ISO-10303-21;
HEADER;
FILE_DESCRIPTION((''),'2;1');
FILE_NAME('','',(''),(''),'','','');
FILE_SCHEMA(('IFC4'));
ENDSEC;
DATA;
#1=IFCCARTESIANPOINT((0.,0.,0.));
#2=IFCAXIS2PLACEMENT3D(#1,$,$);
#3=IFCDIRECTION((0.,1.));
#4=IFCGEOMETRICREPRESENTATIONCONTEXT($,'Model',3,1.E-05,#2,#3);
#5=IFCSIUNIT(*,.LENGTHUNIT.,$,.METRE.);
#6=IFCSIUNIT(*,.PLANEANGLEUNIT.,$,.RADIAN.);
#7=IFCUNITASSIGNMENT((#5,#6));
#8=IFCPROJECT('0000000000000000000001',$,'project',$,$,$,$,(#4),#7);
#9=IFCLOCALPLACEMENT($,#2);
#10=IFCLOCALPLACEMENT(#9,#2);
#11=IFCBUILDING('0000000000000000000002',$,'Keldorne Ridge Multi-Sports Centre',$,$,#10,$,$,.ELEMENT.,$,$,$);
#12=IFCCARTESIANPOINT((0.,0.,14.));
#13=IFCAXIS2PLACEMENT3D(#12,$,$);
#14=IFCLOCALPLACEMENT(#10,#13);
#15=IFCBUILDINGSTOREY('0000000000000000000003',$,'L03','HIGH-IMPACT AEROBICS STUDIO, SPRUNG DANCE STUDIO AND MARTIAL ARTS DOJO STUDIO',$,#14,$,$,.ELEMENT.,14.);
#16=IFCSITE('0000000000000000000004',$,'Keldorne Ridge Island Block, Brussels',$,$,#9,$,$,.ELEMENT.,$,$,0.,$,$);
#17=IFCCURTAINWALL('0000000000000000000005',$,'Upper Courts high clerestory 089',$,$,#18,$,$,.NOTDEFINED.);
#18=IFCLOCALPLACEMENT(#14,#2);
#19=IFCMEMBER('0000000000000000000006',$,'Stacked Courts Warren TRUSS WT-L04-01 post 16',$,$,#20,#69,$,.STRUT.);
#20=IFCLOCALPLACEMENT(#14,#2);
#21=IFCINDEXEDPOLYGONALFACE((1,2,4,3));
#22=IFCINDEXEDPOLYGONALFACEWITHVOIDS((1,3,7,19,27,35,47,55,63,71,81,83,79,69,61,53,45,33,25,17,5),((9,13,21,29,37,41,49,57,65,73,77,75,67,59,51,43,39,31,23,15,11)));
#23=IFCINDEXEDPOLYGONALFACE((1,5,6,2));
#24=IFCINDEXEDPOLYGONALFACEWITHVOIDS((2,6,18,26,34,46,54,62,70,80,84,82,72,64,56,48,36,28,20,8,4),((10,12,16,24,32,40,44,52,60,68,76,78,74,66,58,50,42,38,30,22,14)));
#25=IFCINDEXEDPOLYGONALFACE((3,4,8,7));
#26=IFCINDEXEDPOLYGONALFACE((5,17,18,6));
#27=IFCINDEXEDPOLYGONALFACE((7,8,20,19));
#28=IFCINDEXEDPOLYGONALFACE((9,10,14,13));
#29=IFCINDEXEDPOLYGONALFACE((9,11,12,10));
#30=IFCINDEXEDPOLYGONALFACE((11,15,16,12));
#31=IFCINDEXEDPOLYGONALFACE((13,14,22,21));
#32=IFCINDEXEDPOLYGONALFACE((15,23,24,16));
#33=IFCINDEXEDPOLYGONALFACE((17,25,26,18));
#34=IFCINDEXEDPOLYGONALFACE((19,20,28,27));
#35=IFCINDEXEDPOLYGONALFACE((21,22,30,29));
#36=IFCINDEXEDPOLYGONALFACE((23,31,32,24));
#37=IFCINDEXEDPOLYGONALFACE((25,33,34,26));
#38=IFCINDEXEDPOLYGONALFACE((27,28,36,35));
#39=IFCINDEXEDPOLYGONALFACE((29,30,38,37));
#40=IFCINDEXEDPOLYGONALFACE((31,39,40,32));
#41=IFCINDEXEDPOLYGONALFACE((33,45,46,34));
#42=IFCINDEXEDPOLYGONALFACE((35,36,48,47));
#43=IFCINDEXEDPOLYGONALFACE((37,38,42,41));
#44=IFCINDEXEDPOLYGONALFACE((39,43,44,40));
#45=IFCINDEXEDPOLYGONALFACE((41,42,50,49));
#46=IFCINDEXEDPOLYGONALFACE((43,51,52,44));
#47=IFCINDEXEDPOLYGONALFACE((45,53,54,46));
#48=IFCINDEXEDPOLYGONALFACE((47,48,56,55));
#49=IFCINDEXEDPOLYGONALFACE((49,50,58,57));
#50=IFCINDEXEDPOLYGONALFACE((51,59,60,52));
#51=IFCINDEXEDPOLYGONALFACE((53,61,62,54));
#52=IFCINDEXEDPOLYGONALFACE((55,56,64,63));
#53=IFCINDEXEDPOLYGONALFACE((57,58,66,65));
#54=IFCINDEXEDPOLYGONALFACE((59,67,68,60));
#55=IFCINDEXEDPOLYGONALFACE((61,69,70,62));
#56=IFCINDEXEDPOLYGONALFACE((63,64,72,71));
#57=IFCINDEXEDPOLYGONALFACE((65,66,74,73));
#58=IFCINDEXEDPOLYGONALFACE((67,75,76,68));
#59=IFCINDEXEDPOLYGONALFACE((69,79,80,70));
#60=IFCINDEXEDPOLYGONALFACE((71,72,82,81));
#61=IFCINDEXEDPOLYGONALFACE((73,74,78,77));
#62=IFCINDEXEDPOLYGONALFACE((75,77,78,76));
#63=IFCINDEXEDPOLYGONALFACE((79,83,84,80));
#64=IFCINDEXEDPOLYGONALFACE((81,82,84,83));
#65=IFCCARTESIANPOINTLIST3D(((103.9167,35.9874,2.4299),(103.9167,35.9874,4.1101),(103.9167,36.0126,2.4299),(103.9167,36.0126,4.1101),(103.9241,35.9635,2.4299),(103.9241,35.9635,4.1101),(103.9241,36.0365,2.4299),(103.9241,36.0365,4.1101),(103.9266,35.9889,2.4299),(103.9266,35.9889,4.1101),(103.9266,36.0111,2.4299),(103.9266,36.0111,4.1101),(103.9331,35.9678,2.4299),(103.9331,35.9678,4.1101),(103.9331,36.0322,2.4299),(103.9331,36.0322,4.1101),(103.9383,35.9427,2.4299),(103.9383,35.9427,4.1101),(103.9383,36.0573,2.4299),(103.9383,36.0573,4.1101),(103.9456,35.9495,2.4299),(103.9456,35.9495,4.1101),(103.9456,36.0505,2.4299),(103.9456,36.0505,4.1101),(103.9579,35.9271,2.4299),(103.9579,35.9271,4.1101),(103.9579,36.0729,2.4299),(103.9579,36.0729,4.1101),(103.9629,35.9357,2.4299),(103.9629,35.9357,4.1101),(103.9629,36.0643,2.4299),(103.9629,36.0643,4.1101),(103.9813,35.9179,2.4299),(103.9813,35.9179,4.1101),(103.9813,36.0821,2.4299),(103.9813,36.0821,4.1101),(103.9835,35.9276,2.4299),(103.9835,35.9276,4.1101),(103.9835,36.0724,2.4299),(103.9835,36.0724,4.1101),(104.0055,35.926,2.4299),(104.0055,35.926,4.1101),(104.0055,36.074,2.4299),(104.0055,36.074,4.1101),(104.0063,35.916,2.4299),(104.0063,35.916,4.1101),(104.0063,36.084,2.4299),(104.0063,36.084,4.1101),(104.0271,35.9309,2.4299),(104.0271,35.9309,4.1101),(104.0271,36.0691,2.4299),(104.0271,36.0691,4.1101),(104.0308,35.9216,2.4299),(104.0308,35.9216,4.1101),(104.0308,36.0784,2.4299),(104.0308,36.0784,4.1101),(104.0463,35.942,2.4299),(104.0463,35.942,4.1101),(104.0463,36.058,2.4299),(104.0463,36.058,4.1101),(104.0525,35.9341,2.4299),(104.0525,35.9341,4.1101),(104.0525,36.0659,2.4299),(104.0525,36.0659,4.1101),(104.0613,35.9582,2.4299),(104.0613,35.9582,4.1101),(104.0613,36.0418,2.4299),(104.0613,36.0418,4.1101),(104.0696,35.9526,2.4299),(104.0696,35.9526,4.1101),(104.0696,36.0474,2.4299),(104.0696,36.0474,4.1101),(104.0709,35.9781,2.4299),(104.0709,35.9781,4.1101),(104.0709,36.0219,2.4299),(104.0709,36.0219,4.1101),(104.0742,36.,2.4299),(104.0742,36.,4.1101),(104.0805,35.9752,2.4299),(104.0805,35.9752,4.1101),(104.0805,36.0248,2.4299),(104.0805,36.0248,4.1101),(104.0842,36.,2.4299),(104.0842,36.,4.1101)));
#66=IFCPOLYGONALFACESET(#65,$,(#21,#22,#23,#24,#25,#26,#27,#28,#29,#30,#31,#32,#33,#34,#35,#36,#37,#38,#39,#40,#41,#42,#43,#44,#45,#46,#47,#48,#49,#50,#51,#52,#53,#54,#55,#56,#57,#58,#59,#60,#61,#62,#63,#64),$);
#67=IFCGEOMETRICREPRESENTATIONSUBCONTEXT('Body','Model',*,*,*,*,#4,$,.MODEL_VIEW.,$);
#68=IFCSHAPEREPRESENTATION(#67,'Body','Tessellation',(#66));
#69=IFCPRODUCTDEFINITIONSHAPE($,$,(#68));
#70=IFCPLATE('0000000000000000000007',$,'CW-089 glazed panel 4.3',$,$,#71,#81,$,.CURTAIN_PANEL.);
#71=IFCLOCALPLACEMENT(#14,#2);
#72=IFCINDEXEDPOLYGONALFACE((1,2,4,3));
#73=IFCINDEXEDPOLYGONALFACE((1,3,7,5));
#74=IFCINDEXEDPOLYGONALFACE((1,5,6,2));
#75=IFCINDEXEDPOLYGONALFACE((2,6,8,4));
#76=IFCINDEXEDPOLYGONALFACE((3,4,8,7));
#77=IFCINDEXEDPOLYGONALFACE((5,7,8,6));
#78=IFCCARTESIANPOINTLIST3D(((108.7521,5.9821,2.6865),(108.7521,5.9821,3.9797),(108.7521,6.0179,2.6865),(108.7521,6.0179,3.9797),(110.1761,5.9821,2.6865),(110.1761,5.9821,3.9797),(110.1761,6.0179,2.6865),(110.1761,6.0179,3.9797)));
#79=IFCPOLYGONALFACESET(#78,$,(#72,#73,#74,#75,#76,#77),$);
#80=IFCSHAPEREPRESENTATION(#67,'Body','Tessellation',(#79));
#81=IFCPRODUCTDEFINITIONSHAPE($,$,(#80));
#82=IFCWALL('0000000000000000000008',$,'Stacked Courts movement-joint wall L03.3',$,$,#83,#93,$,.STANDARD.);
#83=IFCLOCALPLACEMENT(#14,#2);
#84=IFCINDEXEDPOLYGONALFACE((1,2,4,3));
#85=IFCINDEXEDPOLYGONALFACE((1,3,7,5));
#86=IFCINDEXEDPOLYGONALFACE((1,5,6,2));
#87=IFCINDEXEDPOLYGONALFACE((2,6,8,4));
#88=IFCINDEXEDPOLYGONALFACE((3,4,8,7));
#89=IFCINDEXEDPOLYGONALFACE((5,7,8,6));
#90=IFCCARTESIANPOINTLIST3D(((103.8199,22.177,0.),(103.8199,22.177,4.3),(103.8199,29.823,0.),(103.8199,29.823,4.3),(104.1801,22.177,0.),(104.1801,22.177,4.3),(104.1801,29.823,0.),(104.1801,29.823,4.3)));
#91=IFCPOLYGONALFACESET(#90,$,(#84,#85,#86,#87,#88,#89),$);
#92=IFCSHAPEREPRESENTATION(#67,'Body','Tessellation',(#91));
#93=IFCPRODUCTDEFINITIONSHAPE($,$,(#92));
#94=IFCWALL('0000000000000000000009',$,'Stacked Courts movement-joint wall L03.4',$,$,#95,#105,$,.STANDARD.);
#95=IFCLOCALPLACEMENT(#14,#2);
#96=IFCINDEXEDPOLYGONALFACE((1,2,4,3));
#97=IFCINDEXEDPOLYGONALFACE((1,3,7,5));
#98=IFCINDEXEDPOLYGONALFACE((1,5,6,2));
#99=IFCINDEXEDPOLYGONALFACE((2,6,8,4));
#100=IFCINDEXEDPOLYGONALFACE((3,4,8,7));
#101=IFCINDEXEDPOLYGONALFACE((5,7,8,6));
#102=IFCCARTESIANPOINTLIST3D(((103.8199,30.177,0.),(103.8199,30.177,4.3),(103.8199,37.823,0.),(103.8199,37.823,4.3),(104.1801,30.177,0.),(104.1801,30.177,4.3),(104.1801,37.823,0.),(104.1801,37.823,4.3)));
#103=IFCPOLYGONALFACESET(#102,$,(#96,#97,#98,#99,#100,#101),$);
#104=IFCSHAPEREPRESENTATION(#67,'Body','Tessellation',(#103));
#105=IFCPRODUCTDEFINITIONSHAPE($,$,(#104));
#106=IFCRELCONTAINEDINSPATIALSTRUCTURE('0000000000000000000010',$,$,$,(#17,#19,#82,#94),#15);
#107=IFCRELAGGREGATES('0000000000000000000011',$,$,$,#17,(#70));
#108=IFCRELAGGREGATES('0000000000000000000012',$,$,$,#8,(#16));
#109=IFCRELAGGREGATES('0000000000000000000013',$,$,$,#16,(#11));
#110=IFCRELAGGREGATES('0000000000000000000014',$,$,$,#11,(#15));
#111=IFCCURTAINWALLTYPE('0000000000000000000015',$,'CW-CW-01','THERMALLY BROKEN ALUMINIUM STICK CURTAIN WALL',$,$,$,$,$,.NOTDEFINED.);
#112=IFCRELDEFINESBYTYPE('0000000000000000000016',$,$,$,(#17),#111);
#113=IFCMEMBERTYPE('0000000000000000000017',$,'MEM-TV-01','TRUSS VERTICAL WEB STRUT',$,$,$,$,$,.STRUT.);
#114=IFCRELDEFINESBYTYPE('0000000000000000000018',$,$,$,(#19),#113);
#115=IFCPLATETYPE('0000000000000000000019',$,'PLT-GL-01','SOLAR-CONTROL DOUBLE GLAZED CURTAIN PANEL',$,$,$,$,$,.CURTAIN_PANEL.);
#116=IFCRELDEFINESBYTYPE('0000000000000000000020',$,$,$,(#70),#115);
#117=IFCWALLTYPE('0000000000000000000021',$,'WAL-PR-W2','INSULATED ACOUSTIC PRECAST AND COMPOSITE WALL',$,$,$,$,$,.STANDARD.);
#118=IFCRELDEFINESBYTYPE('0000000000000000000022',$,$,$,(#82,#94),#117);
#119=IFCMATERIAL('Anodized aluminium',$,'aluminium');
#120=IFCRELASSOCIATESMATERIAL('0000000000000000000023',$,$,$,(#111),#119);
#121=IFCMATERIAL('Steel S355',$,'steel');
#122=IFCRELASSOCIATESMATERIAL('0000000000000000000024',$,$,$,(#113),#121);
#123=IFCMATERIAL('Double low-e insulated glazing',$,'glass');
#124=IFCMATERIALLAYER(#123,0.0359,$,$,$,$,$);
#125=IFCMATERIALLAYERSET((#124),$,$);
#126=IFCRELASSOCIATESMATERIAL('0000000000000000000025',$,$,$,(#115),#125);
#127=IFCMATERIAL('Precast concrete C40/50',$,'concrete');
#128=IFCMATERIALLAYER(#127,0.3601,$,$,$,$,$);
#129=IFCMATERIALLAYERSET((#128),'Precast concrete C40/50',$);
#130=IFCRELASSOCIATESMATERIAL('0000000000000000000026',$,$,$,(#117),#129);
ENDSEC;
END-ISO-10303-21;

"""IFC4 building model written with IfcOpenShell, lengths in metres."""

from ifc_helpers import new_model, si_unit, direction, frame, frame_2d, origin, origin_2d, place, context, subcontext, project, spatial, rectangle, hollow_circle, extrude, material, layer, layer_set, material_profile, profile_set, type_object, element, aggregate, save


model = new_model("IFC4")

# Units and contexts
model_context = context("Model", 3, precision=1e-05, world=origin(), true_north=direction((0.0, 1.0)))
body_context = subcontext(model_context, "Body", "Model", "MODEL_VIEW")
ifc_project = project(units=[si_unit("LENGTHUNIT", "METRE"), si_unit("PLANEANGLEUNIT", "RADIAN")], contexts=[model_context])

# Site, building, storey
site_placement = place(None, origin())
site = spatial("IfcSite", under=ifc_project, at=site_placement, Name="Keldorne Ridge Island Block, Brussels", CompositionType="ELEMENT", RefElevation=0.0)
building_placement = place(site_placement, origin())
building = spatial("IfcBuilding", under=site, at=building_placement, Name="Keldorne Ridge Multi-Sports Centre", CompositionType="ELEMENT")
storey_placement = place(building_placement, frame((0.0, 0.0, 14.0)))
storey = spatial("IfcBuildingStorey", under=building, at=storey_placement, Name="L03", Description="HIGH-IMPACT AEROBICS STUDIO, SPRUNG DANCE STUDIO AND MARTIAL ARTS DOJO STUDIO", CompositionType="ELEMENT", Elevation=14.0)

# Shared definitions
ifc_material_1 = material(Name="Steel S355", Category="steel")

# Curtain wall
ifc_material_2 = material(Name="Anodized aluminium", Category="aluminium")
curtain_wall_type = type_object("IfcCurtainWallType", Name="CW-CW-01", Description="THERMALLY BROKEN ALUMINIUM STICK CURTAIN WALL", PredefinedType="NOTDEFINED", material=ifc_material_2)
curtain_wall_placement = place(storey_placement, origin())
curtain_wall = element("IfcCurtainWall", 1, at=curtain_wall_placement, inside=storey, type_object=curtain_wall_type, Name="Upper Courts high clerestory 089", PredefinedType="NOTDEFINED")

# Member
ifc_material_profile_1 = material_profile(ifc_material_1, hollow_circle(Radius=0.0842, WallThickness=0.01, at=origin_2d()), Name="CHS 168.3x10")
ifc_profile_set_1 = profile_set([ifc_material_profile_1], Name="Steel S355")
member_type_1 = type_object("IfcMemberType", Name="MEM-TV-01", Description="TRUSS VERTICAL WEB STRUT", PredefinedType="STRUT", material=ifc_profile_set_1)
for number, where, z_axis, x_axis, name in (
    (2, (104.0, 36.0, 2.4299), (0.0, 0.0, 1.0), (1.0, 0.0, 0.0), "Stacked Courts Warren TRUSS WT-L04-01 post 16"),
):
    element("IfcMember", number, at=place(storey_placement, frame(where, z_axis=z_axis, x_axis=x_axis)), inside=storey, type_object=member_type_1, Name=name, PredefinedType="STRUT", context=body_context, shape_type="SweptSolid", body=[
        extrude(hollow_circle(Radius=0.0842, WallThickness=0.01, at=origin_2d()), origin(), (0.0, 0.0, 1.0), 1.6802),
    ])

# Plate
ifc_material_3 = material(Name="Double low-e insulated glazing", Category="glass")
ifc_layer_1 = layer(ifc_material_3, 0.0359)
ifc_layer_set_1 = layer_set([ifc_layer_1])
plate_type = type_object("IfcPlateType", Name="PLT-GL-01", Description="SOLAR-CONTROL DOUBLE GLAZED CURTAIN PANEL", PredefinedType="CURTAIN_PANEL", material=ifc_layer_set_1)
plate_placement = place(storey_placement, frame((109.4641, 6.0, 2.6865), z_axis=(0.0, 0.0, 1.0), x_axis=(1.0, 0.0, 0.0)))
plate = element("IfcPlate", 3, at=plate_placement, type_object=plate_type, Name="CW-089 glazed panel 4.3", PredefinedType="CURTAIN_PANEL", context=body_context, shape_type="SweptSolid", body=[
    extrude(rectangle(XDim=1.4241, YDim=0.0359, at=origin_2d()), origin(), (0.0, 0.0, 1.0), 1.2932),
])
aggregate(curtain_wall, [plate])

# Walls
ifc_material_4 = material(Name="Precast concrete C40/50", Category="concrete")
ifc_layer_2 = layer(ifc_material_4, 0.3601)
ifc_layer_set_2 = layer_set([ifc_layer_2], Name="Precast concrete C40/50")
wall_type = type_object("IfcWallType", Name="WAL-PR-W2", Description="INSULATED ACOUSTIC PRECAST AND COMPOSITE WALL", PredefinedType="STANDARD", material=ifc_layer_set_2)
for number, where, z_axis, x_axis, name in (
    (4, (104.0, 29.823, 0.0), (0.0, 0.0, 1.0), (0.0, -1.0, 0.0), "Stacked Courts movement-joint wall L03.3"),
    (5, (104.0, 37.823, 0.0), (0.0, 0.0, 1.0), (0.0, -1.0, 0.0), "Stacked Courts movement-joint wall L03.4"),
):
    element("IfcWall", number, at=place(storey_placement, frame(where, z_axis=z_axis, x_axis=x_axis)), inside=storey, type_object=wall_type, Name=name, PredefinedType="STANDARD", context=body_context, shape_type="SweptSolid", body=[
        extrude(rectangle(XDim=7.646, YDim=0.3601, at=frame_2d((3.823, 0.0))), origin(), (0.0, 0.0, 1.0), 4.3),
    ])

save(model, "model.ifc")
